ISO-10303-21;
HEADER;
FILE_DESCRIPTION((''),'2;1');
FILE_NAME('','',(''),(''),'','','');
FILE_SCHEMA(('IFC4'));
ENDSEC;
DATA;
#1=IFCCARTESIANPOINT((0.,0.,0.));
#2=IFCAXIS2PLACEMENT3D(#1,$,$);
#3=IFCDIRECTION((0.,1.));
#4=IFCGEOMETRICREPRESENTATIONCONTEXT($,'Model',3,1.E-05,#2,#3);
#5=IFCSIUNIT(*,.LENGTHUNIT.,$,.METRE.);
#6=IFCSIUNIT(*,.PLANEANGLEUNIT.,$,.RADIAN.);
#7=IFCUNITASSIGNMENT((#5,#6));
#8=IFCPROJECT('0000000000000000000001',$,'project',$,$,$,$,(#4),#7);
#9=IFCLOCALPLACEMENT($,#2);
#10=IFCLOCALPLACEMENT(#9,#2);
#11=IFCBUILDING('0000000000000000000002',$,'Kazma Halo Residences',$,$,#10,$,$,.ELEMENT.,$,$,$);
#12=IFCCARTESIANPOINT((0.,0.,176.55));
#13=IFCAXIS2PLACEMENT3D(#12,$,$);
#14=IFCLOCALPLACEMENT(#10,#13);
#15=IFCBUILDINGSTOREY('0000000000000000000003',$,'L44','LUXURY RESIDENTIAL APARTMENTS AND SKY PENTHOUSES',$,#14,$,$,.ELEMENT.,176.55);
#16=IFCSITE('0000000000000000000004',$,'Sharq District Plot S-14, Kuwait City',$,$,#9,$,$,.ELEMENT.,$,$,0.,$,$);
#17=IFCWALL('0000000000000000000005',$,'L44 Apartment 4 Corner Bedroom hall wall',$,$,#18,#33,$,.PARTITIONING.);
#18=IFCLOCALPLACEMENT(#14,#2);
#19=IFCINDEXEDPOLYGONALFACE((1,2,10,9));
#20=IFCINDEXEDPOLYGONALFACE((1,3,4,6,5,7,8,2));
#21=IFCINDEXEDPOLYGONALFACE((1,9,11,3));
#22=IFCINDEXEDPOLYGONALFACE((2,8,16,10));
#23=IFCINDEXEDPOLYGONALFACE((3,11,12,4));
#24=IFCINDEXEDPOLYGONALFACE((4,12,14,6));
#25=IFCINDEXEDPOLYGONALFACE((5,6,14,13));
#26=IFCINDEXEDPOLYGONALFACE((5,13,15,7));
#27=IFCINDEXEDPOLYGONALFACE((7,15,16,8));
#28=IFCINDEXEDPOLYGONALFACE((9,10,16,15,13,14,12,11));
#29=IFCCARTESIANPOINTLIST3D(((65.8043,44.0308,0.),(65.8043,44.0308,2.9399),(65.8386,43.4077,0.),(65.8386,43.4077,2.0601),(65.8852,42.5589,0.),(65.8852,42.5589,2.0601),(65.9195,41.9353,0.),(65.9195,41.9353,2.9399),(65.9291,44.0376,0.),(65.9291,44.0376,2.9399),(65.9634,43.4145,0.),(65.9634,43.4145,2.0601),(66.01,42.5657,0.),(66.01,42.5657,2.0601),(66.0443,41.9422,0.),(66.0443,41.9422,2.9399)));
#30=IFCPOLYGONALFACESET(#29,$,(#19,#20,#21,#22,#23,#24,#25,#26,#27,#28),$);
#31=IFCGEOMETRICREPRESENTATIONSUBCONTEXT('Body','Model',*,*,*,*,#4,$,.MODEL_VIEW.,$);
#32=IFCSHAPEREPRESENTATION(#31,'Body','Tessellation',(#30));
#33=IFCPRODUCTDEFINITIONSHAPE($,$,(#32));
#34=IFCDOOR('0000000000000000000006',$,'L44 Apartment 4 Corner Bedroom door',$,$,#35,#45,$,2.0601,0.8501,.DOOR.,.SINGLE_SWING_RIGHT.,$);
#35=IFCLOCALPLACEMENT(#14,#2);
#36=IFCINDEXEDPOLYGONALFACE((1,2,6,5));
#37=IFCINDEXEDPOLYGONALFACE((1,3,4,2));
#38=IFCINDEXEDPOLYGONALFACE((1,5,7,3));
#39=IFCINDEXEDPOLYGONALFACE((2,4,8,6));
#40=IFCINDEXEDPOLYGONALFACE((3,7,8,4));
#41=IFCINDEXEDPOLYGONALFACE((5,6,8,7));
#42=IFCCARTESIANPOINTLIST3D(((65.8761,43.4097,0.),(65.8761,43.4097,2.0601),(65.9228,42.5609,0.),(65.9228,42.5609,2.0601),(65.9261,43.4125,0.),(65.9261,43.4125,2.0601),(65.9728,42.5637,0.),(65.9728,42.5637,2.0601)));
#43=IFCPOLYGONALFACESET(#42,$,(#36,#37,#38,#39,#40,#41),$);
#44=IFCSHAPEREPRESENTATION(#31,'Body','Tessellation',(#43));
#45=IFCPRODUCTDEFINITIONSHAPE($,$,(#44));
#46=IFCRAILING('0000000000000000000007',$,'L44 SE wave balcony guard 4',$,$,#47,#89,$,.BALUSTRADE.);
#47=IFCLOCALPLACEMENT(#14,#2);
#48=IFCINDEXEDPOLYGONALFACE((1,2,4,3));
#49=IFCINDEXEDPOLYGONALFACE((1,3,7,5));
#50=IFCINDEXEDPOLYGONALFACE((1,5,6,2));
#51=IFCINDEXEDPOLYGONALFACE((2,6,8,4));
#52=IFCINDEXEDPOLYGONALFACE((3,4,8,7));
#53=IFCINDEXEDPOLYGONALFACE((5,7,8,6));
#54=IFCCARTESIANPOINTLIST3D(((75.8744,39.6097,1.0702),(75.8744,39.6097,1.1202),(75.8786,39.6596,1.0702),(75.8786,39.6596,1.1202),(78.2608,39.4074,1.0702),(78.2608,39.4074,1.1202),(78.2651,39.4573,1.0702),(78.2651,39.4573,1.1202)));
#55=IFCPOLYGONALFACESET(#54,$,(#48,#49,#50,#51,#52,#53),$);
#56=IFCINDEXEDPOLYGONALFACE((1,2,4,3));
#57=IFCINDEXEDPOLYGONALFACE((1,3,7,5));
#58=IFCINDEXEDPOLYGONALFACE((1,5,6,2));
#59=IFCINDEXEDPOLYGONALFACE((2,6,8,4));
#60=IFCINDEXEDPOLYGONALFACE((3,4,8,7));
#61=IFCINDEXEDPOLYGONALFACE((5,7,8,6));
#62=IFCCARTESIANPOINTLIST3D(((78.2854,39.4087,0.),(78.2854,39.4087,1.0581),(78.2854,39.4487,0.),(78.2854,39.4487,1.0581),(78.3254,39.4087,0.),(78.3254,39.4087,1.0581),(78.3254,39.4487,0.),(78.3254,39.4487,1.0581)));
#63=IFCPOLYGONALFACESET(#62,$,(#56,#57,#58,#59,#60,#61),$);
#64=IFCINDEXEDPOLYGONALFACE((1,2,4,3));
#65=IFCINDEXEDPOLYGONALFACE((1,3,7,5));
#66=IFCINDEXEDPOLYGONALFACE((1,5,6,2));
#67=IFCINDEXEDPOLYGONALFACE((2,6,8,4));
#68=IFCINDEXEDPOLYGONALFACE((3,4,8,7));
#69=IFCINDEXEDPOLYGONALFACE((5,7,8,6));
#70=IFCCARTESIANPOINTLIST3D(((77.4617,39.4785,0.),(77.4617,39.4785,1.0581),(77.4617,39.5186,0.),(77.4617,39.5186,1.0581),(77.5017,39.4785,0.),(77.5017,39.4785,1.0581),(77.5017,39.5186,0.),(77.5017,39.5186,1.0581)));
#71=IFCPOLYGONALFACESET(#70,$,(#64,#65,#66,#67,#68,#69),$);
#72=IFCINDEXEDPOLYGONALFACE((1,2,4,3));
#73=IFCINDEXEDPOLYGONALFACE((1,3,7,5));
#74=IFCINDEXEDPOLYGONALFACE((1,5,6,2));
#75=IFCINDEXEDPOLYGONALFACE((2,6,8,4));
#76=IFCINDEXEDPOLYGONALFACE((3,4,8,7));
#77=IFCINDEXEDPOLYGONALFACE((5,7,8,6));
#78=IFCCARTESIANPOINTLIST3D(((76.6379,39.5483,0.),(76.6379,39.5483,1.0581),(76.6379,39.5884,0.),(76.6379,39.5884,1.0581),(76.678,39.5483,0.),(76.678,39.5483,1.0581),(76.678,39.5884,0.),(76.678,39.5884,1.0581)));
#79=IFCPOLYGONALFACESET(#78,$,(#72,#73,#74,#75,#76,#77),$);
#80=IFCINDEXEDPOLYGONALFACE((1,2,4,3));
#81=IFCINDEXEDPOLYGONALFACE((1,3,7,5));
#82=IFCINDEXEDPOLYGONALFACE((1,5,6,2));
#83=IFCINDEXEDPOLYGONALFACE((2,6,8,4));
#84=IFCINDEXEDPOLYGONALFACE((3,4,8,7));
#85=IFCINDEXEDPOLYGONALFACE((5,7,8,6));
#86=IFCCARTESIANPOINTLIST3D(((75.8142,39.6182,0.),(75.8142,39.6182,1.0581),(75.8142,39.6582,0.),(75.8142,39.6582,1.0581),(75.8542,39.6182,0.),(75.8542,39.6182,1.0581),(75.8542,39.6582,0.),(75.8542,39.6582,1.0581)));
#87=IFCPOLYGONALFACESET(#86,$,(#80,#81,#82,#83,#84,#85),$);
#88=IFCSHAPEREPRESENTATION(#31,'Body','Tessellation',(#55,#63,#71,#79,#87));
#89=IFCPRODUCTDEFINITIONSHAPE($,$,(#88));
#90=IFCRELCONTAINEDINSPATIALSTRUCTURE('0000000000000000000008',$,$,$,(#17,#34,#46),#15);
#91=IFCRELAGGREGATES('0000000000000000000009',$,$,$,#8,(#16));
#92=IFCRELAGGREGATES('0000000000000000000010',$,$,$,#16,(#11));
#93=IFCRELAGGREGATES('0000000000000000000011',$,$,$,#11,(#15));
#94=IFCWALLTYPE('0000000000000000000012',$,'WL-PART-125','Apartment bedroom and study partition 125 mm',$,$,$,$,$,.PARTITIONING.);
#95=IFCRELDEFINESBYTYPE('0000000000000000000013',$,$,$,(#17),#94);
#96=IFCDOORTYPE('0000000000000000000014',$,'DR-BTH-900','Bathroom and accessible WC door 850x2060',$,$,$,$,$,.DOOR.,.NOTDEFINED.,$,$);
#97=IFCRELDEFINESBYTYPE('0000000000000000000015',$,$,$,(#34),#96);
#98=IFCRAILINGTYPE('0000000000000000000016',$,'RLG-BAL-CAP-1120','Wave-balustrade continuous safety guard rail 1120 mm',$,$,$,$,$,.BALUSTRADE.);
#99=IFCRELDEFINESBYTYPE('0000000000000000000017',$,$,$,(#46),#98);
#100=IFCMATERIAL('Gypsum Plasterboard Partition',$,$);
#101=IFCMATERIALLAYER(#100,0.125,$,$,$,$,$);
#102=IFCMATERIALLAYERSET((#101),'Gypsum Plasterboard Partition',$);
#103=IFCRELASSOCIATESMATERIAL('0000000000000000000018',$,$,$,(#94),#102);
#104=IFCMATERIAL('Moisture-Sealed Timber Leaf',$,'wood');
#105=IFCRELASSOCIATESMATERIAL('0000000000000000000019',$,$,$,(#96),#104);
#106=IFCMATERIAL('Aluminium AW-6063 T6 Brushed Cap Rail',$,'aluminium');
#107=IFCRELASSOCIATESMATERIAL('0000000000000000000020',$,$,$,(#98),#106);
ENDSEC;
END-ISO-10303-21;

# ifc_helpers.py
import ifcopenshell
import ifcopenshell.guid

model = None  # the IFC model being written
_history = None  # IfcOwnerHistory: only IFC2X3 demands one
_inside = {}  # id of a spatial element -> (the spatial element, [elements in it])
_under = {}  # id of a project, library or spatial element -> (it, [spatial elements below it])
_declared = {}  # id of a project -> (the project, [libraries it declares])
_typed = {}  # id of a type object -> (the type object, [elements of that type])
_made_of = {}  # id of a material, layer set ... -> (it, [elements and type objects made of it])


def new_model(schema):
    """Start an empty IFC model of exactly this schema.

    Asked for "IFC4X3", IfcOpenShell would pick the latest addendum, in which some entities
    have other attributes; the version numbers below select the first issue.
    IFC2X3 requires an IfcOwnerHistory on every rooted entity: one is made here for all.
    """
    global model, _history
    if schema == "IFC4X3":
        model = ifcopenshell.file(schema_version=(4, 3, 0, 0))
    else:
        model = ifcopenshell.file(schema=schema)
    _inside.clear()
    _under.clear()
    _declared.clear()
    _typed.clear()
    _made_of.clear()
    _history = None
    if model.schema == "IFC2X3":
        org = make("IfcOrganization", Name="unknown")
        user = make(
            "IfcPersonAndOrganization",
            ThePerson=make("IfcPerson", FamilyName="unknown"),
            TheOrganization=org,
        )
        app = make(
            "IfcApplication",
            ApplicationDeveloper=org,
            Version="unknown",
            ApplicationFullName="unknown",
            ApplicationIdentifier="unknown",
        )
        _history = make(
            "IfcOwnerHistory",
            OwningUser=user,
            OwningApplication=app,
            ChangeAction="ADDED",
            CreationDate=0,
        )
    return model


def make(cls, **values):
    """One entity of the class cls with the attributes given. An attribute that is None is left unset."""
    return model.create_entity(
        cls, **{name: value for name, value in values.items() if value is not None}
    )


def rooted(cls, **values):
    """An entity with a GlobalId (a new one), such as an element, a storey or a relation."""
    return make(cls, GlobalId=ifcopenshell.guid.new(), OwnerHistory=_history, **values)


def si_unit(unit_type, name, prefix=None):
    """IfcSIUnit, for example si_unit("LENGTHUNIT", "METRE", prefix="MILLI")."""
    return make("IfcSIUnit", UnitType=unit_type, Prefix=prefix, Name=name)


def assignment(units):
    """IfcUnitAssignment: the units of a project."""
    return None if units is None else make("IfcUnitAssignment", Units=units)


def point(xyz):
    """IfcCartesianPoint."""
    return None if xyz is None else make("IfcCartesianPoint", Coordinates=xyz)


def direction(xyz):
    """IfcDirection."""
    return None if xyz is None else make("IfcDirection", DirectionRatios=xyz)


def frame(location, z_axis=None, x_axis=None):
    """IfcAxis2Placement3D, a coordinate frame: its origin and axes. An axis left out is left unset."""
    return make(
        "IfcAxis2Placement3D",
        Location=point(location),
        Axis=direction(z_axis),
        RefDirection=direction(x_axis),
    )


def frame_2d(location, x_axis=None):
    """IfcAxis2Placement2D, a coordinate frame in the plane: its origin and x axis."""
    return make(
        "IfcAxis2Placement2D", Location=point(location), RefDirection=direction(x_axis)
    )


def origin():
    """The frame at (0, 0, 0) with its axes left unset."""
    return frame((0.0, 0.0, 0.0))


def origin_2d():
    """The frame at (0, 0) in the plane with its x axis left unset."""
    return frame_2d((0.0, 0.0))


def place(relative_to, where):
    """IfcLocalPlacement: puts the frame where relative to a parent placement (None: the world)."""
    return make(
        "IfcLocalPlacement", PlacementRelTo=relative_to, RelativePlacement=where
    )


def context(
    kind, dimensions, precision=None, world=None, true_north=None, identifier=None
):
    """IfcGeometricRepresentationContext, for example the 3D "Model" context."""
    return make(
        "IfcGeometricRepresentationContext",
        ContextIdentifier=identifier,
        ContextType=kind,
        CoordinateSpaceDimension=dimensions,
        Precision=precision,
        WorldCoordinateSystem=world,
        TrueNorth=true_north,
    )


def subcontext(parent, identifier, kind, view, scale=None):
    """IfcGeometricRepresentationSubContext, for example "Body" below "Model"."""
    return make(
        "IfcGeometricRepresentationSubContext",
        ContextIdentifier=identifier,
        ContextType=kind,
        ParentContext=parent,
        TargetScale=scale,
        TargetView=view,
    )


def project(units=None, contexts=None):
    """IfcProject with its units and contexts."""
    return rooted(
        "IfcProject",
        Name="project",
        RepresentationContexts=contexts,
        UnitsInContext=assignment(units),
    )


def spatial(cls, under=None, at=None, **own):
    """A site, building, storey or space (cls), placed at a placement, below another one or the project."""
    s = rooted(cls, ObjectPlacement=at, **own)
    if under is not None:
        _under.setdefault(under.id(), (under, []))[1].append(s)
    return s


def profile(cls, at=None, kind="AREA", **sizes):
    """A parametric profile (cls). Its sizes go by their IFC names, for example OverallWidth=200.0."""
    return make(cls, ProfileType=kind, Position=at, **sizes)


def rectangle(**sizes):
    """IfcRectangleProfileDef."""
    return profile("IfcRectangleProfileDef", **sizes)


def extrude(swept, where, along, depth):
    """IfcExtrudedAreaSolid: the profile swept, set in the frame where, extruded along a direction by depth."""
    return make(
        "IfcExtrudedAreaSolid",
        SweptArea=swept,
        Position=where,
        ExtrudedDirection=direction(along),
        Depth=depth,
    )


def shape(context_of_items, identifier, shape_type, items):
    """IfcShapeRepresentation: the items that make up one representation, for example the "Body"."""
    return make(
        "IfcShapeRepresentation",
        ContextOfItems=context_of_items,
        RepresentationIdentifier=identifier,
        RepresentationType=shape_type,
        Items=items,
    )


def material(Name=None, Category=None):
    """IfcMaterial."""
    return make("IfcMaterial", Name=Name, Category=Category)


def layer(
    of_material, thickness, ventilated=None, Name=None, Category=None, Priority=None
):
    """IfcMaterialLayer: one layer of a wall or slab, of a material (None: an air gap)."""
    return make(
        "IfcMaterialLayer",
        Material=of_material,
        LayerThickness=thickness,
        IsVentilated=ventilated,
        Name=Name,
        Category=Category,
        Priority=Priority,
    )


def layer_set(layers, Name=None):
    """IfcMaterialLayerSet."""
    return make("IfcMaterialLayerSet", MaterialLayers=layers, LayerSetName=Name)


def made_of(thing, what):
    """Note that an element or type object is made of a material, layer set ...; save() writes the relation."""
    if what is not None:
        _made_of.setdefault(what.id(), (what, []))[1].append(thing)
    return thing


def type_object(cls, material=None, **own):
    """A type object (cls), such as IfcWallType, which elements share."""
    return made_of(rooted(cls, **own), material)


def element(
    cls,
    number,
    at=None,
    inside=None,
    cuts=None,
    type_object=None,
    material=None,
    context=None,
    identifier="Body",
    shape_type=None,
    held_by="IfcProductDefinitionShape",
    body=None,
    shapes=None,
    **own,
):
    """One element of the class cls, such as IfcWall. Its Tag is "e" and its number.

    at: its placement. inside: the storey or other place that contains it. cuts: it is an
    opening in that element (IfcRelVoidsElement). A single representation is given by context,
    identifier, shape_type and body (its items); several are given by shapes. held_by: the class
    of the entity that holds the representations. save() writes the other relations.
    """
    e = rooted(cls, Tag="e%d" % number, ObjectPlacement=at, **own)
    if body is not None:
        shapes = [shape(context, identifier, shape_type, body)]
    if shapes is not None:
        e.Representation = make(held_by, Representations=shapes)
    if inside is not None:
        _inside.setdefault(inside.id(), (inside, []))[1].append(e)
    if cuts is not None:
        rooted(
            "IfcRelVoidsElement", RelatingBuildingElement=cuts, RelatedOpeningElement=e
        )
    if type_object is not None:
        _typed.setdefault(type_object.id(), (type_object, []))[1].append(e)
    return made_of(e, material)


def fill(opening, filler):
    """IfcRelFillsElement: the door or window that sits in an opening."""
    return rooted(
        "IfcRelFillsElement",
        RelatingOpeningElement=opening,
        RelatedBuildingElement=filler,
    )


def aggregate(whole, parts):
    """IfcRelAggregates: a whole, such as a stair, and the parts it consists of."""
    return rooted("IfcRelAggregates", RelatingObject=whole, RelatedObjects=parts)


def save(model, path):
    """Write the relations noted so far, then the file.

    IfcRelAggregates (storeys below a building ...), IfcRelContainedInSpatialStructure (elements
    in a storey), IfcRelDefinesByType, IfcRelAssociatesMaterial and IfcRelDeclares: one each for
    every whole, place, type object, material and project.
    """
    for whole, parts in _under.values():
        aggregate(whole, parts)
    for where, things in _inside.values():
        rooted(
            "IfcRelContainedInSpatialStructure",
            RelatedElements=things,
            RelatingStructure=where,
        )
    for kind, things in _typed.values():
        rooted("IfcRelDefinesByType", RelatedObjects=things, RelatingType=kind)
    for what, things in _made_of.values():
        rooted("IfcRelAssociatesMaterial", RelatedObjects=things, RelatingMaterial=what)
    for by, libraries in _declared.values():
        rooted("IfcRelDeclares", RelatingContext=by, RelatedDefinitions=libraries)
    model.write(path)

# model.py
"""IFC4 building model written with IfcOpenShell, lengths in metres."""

from ifc_helpers import new_model, si_unit, direction, frame, frame_2d, origin, origin_2d, place, context, subcontext, project, spatial, rectangle, extrude, material, layer, layer_set, type_object, element, fill, save


model = new_model("IFC4")

# Units and contexts
model_context = context("Model", 3, precision=1e-05, world=origin(), true_north=direction((0.0, 1.0)))
body_context = subcontext(model_context, "Body", "Model", "MODEL_VIEW")
ifc_project = project(units=[si_unit("LENGTHUNIT", "METRE"), si_unit("PLANEANGLEUNIT", "RADIAN")], contexts=[model_context])

# Site, building, storey
site_placement = place(None, origin())
site = spatial("IfcSite", under=ifc_project, at=site_placement, Name="Sharq District Plot S-14, Kuwait City", CompositionType="ELEMENT", RefElevation=0.0)
building_placement = place(site_placement, origin())
building = spatial("IfcBuilding", under=site, at=building_placement, Name="Kazma Halo Residences", CompositionType="ELEMENT")
storey_placement = place(building_placement, frame((0.0, 0.0, 176.55)))
storey = spatial("IfcBuildingStorey", under=building, at=storey_placement, Name="L44", Description="LUXURY RESIDENTIAL APARTMENTS AND SKY PENTHOUSES", CompositionType="ELEMENT", Elevation=176.55)

# Shared definitions
ifc_material_1 = material(Name="Gypsum Plasterboard Partition")
ifc_layer_1 = layer(ifc_material_1, 0.125)
ifc_layer_set_1 = layer_set([ifc_layer_1], Name="Gypsum Plasterboard Partition")
wall_type = type_object("IfcWallType", Name="WL-PART-125", Description="Apartment bedroom and study partition 125 mm", PredefinedType="PARTITIONING", material=ifc_layer_set_1)

# Wall, opening, door
ifc_material_2 = material(Name="Moisture-Sealed Timber Leaf", Category="wood")
door_type = type_object("IfcDoorType", Name="DR-BTH-900", Description="Bathroom and accessible WC door 850x2060", OperationType="NOTDEFINED", PredefinedType="DOOR", material=ifc_material_2)
wall_1_placement = place(storey_placement, frame((65.9819, 41.9387, 0.0), z_axis=(0.0, 0.0, 1.0), x_axis=(-0.054909, 0.998491, 0.0)))
wall_1 = element("IfcWall", 1, at=wall_1_placement, inside=storey, type_object=wall_type, Name="L44 Apartment 4 Corner Bedroom hall wall", PredefinedType="PARTITIONING", context=body_context, shape_type="SweptSolid", body=[
    extrude(rectangle(XDim=2.0986, YDim=0.125, at=frame_2d((1.0493, 0.0))), origin(), (0.0, 0.0, 1.0), 2.9399),
])
opening_1_placement = place(wall_1_placement, frame((0.6245, 0.0, 0.0)))
opening_1 = element("IfcOpeningElement", 2, at=opening_1_placement, cuts=wall_1, PredefinedType="OPENING", context=body_context, shape_type="SweptSolid", body=[
    extrude(rectangle(XDim=0.8501, YDim=2.0601, at=frame_2d((0.425, 1.03))), frame((0.0, 0.0725, 0.0), z_axis=(0.0, -1.0, 0.0), x_axis=(1.0, 0.0, 0.0)), (0.0, 0.0, 1.0), 0.145),
])
door_1_placement = place(opening_1_placement, origin())
door_1 = element("IfcDoor", 3, at=door_1_placement, inside=storey, type_object=door_type, Name="L44 Apartment 4 Corner Bedroom door", OperationType="SINGLE_SWING_RIGHT", OverallHeight=2.0601, OverallWidth=0.8501, PredefinedType="DOOR", context=body_context, shape_type="SweptSolid", body=[
    extrude(rectangle(XDim=0.8501, YDim=2.0601, at=frame_2d((0.425, 1.03))), frame((0.0, 0.0249, 0.0), z_axis=(0.0, -1.0, 0.0), x_axis=(1.0, 0.0, 0.0)), (0.0, 0.0, 1.0), 0.05),
])
fill(opening_1, door_1)

# Railing
ifc_material_3 = material(Name="Aluminium AW-6063 T6 Brushed Cap Rail", Category="aluminium")
railing_type = type_object("IfcRailingType", Name="RLG-BAL-CAP-1120", Description="Wave-balustrade continuous safety guard rail 1120 mm", PredefinedType="BALUSTRADE", material=ifc_material_3)
railing_placement = place(storey_placement, frame((78.3054, 39.4287, 0.0)))
element("IfcRailing", 4, at=railing_placement, inside=storey, type_object=railing_type, Name="L44 SE wave balcony guard 4", PredefinedType="BALUSTRADE", context=body_context, shape_type="SweptSolid", body=[
    extrude(rectangle(XDim=0.05, YDim=0.05, at=origin_2d()), frame((-0.0425, 0.0037, 1.0952), z_axis=(-0.996427, 0.084463, 0.0), x_axis=(-0.084463, -0.996427, 0.0)), (0.0, 0.0, 1.0), 2.395),
    extrude(rectangle(XDim=0.04, YDim=0.04, at=origin_2d()), origin(), (0.0, 0.0, 1.0), 1.0581),
    extrude(rectangle(XDim=0.04, YDim=0.04, at=origin_2d()), frame((-0.8237, 0.0698, 0.0)), (0.0, 0.0, 1.0), 1.0581),
    extrude(rectangle(XDim=0.04, YDim=0.04, at=origin_2d()), frame((-1.6475, 0.1396, 0.0)), (0.0, 0.0, 1.0), 1.0581),
    extrude(rectangle(XDim=0.04, YDim=0.04, at=origin_2d()), frame((-2.4712, 0.2095, 0.0)), (0.0, 0.0, 1.0), 1.0581),
])

save(model, "model.ifc")
